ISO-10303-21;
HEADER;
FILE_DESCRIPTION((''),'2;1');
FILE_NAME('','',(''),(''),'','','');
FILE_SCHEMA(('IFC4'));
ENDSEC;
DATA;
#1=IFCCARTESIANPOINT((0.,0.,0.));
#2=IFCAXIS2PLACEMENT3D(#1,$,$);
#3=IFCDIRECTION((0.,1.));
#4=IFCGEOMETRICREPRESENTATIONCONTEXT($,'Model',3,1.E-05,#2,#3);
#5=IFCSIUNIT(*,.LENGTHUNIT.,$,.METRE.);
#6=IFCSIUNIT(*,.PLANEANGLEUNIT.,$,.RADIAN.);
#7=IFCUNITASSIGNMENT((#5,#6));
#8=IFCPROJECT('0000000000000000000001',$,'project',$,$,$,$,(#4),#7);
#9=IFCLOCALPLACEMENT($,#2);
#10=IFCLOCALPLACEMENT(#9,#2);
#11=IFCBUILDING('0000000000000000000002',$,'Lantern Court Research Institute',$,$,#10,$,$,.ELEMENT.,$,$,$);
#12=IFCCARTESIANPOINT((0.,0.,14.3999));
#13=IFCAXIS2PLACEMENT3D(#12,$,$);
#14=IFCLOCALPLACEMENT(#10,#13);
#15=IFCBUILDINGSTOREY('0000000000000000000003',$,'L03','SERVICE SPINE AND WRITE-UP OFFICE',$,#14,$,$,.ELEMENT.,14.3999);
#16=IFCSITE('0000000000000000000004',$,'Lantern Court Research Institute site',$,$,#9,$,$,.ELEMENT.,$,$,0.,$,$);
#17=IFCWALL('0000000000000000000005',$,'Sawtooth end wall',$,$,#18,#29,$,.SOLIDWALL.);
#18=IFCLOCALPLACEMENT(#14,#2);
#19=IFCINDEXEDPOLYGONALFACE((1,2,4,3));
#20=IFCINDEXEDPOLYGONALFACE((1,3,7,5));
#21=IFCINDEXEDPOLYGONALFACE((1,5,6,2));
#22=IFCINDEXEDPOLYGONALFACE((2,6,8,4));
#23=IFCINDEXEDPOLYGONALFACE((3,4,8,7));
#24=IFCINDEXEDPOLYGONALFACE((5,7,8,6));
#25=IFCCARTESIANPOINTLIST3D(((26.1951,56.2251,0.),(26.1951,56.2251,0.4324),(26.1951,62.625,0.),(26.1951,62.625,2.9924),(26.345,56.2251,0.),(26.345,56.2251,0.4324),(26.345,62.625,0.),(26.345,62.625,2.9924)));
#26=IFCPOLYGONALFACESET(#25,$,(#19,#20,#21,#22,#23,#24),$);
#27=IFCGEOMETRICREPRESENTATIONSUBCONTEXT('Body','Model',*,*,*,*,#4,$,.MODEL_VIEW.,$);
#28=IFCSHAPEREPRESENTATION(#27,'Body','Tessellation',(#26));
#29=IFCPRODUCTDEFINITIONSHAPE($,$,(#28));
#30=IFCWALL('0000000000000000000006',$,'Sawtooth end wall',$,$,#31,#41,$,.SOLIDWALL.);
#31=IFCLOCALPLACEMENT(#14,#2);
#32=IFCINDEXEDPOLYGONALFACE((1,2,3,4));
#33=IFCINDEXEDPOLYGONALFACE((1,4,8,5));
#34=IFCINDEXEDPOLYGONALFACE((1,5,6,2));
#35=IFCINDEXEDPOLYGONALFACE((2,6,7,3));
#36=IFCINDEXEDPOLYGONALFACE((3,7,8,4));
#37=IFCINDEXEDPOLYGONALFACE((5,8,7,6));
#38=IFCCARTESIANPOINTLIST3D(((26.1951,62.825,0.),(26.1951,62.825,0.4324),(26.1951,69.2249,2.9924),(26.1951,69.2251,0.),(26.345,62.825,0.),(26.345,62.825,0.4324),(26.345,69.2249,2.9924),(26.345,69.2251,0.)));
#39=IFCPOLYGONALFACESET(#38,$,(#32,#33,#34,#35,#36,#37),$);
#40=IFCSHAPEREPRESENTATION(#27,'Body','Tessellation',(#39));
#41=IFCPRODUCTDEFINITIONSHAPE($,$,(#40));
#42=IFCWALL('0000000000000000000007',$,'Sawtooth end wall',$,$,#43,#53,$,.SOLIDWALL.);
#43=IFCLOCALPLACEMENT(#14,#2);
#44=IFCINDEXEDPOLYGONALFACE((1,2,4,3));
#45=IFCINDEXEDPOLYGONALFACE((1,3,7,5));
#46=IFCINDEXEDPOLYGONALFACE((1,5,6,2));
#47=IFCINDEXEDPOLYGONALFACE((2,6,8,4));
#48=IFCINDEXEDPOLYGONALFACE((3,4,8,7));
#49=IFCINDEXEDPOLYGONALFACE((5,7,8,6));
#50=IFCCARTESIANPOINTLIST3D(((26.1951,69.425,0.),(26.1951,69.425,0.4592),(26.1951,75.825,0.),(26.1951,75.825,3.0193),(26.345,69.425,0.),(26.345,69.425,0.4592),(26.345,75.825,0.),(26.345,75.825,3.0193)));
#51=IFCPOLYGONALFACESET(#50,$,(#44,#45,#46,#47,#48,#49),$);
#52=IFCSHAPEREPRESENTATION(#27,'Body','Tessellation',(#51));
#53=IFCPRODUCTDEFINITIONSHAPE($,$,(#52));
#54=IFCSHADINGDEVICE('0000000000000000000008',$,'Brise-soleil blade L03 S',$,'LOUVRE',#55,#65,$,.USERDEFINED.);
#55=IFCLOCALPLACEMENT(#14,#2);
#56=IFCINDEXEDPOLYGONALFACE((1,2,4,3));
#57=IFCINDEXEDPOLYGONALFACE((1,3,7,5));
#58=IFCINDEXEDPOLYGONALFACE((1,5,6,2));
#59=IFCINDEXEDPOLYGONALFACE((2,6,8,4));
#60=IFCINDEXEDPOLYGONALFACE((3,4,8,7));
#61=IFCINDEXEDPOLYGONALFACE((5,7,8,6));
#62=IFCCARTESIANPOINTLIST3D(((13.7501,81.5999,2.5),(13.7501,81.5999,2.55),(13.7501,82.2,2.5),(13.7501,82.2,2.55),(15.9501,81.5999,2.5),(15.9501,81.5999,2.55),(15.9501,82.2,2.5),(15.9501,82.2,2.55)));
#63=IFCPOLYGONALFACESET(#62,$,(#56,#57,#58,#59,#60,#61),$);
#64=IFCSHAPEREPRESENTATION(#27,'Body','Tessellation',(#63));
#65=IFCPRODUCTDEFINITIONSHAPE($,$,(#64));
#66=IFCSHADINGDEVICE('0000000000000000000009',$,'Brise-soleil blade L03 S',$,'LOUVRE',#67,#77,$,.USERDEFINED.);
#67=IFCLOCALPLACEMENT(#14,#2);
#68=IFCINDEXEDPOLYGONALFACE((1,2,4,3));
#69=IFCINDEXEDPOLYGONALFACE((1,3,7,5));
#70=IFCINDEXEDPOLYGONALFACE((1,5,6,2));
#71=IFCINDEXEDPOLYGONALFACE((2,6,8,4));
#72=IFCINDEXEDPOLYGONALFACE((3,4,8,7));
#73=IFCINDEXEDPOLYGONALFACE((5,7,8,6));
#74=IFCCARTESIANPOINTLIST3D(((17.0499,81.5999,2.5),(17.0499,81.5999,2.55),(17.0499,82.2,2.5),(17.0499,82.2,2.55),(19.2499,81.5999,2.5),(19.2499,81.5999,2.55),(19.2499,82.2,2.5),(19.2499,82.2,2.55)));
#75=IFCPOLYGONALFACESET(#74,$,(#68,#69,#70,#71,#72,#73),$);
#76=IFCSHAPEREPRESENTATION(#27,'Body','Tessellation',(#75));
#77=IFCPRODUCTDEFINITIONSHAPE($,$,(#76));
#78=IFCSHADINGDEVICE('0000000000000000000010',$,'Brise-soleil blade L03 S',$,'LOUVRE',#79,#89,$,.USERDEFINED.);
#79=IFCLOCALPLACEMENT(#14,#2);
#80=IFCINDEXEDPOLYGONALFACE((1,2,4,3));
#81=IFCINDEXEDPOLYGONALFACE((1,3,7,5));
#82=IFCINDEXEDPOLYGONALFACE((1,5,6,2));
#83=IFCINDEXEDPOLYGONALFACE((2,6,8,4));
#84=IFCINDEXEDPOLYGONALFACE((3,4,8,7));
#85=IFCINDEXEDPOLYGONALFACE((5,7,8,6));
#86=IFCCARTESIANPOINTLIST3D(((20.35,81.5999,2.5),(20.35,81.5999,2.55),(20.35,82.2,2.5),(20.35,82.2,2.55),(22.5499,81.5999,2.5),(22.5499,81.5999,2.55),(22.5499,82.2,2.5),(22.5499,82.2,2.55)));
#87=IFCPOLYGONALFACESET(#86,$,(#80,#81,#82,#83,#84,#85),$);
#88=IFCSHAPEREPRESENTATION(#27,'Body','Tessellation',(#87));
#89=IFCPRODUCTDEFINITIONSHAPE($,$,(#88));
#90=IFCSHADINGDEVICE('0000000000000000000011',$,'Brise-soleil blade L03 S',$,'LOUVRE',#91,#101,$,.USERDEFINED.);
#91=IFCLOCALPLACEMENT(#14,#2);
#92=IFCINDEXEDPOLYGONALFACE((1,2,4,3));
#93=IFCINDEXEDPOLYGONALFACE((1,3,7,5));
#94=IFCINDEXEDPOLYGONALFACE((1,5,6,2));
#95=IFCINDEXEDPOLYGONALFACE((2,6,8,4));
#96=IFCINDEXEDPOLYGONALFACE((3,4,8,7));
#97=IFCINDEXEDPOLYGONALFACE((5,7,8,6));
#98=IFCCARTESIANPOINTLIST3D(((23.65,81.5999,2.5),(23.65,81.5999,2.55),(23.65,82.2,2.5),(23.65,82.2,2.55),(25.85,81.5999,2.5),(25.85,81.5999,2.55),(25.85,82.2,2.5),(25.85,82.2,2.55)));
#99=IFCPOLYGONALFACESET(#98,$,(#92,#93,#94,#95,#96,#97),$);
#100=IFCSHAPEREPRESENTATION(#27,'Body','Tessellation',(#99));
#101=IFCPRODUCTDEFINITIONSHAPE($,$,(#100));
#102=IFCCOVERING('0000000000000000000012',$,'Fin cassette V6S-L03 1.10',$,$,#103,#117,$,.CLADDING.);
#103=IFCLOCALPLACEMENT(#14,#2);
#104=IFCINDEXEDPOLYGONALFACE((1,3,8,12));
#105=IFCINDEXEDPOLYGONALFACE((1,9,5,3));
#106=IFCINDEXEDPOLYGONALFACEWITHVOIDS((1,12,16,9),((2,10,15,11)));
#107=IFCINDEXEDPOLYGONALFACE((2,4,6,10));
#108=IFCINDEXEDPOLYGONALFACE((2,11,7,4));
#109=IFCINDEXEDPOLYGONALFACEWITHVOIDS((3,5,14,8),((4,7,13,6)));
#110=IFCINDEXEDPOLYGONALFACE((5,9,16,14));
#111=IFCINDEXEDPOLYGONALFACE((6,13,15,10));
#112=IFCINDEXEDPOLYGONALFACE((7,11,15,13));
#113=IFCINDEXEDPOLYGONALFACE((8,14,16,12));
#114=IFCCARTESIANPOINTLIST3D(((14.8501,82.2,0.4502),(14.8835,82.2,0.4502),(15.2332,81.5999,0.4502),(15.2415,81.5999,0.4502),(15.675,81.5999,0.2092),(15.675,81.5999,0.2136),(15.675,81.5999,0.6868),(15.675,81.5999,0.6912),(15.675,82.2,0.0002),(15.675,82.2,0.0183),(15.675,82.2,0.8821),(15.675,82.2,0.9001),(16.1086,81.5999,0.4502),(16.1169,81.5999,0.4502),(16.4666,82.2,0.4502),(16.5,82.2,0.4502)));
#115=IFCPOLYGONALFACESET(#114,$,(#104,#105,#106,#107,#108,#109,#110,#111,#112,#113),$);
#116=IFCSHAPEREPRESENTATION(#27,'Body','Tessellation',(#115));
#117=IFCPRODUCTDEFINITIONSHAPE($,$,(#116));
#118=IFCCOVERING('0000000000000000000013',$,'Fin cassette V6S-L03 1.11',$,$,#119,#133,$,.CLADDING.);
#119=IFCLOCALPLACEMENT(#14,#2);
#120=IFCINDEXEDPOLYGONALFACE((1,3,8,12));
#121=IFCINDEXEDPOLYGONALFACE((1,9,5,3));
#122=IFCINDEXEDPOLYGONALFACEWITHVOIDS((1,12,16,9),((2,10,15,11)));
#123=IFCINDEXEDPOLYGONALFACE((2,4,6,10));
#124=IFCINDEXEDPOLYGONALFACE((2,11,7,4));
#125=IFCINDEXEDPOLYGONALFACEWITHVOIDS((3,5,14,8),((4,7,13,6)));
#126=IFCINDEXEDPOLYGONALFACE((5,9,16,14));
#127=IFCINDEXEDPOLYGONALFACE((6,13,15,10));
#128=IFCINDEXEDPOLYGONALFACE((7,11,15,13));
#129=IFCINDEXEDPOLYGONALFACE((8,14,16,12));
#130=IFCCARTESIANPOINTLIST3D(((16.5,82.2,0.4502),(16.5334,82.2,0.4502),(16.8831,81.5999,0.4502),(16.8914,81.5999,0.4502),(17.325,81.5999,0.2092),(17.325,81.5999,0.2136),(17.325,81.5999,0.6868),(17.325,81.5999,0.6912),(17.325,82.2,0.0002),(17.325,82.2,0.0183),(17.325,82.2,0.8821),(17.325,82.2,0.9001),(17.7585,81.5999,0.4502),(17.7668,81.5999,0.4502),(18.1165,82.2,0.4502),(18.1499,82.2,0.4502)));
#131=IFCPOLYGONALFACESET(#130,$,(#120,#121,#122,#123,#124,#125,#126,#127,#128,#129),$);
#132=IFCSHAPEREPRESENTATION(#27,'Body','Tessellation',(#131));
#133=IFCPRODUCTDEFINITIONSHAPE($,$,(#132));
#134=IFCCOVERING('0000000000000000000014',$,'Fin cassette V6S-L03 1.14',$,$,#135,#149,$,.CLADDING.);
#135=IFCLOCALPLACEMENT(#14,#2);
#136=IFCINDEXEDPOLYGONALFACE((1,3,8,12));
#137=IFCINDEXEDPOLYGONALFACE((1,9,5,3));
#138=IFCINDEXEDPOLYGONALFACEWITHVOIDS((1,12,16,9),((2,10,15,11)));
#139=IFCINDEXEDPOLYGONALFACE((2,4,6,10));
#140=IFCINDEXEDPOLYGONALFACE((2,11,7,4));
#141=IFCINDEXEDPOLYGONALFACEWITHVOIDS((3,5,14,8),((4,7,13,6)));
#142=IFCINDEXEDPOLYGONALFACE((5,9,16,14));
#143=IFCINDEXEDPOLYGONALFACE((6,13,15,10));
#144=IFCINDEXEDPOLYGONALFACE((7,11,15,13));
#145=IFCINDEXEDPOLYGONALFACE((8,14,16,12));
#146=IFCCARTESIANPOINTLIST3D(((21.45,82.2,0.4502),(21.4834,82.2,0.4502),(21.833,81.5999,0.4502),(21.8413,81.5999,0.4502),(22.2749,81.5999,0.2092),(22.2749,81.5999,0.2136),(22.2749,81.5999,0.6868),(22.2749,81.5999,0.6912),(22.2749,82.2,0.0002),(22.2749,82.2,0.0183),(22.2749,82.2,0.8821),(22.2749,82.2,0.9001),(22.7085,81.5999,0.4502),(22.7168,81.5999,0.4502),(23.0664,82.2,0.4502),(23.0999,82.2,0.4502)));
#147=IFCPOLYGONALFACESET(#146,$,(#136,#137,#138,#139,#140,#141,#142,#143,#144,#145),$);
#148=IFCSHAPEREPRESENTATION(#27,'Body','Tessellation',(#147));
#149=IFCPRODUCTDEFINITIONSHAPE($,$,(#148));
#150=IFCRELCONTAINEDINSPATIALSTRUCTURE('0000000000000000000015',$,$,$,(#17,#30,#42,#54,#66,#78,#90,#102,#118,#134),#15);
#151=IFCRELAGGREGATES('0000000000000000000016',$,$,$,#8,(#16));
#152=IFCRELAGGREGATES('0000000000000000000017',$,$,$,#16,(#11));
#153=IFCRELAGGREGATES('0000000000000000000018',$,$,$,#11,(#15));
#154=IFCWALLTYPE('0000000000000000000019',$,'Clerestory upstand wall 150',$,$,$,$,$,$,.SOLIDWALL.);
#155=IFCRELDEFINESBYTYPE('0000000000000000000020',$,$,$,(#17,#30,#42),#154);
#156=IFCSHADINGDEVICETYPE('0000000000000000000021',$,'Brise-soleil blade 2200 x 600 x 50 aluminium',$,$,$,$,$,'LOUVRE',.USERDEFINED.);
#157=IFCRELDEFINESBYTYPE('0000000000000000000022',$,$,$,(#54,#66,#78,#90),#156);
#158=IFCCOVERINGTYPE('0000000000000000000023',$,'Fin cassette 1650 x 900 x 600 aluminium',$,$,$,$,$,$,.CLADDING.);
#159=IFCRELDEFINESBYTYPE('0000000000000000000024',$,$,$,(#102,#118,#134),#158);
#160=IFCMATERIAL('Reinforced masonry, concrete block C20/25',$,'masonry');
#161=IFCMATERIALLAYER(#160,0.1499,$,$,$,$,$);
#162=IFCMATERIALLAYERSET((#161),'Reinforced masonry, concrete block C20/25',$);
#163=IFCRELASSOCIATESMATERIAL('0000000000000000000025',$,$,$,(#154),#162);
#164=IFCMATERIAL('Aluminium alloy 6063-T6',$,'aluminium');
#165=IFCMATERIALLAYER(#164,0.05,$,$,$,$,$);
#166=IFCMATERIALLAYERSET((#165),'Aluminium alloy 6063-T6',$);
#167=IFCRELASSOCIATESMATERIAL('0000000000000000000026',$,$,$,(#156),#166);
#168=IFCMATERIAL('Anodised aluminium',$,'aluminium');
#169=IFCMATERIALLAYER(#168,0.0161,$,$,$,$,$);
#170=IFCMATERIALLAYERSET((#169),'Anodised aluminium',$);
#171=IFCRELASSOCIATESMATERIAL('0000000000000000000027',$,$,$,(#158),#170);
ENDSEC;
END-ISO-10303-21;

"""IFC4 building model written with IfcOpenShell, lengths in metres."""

from ifc_helpers import new_model, entity, si_unit, direction, frame, origin, origin_2d, place, context, subcontext, project, spatial, polyline, rectangle, outline, extrude, material, layer, layer_set, type_object, element, save


model = new_model("IFC4")

# Units and contexts
model_context = context("Model", 3, precision=1e-05, world=origin(), true_north=direction((0.0, 1.0)))
body_context = subcontext(model_context, "Body", "Model", "MODEL_VIEW")
ifc_project = project(units=[si_unit("LENGTHUNIT", "METRE"), si_unit("PLANEANGLEUNIT", "RADIAN")], contexts=[model_context])

# Site, building, storey
site_placement = place(None, origin())
site = spatial("IfcSite", under=ifc_project, at=site_placement, Name="Lantern Court Research Institute site", CompositionType="ELEMENT", RefElevation=0.0)
building_placement = place(site_placement, origin())
building = spatial("IfcBuilding", under=site, at=building_placement, Name="Lantern Court Research Institute", CompositionType="ELEMENT")
storey_placement = place(building_placement, frame((0.0, 0.0, 14.3999)))
storey = spatial("IfcBuildingStorey", under=building, at=storey_placement, Name="L03", Description="SERVICE SPINE AND WRITE-UP OFFICE", CompositionType="ELEMENT", Elevation=14.3999)

# Walls
ifc_material_1 = material(Name="Reinforced masonry, concrete block C20/25", Category="masonry")
ifc_layer_1 = layer(ifc_material_1, 0.1499)
ifc_layer_set_1 = layer_set([ifc_layer_1], Name="Reinforced masonry, concrete block C20/25")
wall_type = type_object("IfcWallType", Name="Clerestory upstand wall 150", PredefinedType="SOLIDWALL", material=ifc_layer_set_1)
wall_1_placement = place(storey_placement, frame((26.27, 56.2251, 0.0), z_axis=(0.0, 0.0, 1.0), x_axis=(0.0, 1.0, 0.0)))
element("IfcWall", 1, at=wall_1_placement, inside=storey, type_object=wall_type, Name="Sawtooth end wall", PredefinedType="SOLIDWALL", context=body_context, shape_type="SweptSolid", body=[
    extrude(outline(polyline([(0.0, 0.0), (6.3999, 0.0), (6.3999, 2.9924), (0.0, 0.4324), (0.0, 0.0)])), frame((0.0, 0.075, 0.0), z_axis=(0.0, -1.0, 0.0), x_axis=(1.0, 0.0, 0.0)), (0.0, 0.0, 1.0), 0.1499),
])
wall_2_placement = place(storey_placement, frame((26.27, 62.825, 0.0), z_axis=(0.0, 0.0, 1.0), x_axis=(0.0, 1.0, 0.0)))
element("IfcWall", 2, at=wall_2_placement, inside=storey, type_object=wall_type, Name="Sawtooth end wall", PredefinedType="SOLIDWALL", context=body_context, shape_type="SweptSolid", body=[
    extrude(outline(polyline([(0.0, 0.0), (6.4001, 0.0), (6.3999, 2.9924), (0.0, 0.4324), (0.0, 0.0)])), frame((0.0, 0.075, 0.0), z_axis=(0.0, -1.0, 0.0), x_axis=(1.0, 0.0, 0.0)), (0.0, 0.0, 1.0), 0.1499),
])
wall_3_placement = place(storey_placement, frame((26.27, 69.425, 0.0), z_axis=(0.0, 0.0, 1.0), x_axis=(0.0, 1.0, 0.0)))
element("IfcWall", 3, at=wall_3_placement, inside=storey, type_object=wall_type, Name="Sawtooth end wall", PredefinedType="SOLIDWALL", context=body_context, shape_type="SweptSolid", body=[
    extrude(outline(polyline([(0.0, 0.0), (6.3999, 0.0), (6.3999, 3.0193), (0.0, 0.4592), (0.0, 0.0)])), frame((0.0, 0.075, 0.0), z_axis=(0.0, -1.0, 0.0), x_axis=(1.0, 0.0, 0.0)), (0.0, 0.0, 1.0), 0.1499),
])

# Shading devices
ifc_material_2 = material(Name="Aluminium alloy 6063-T6", Category="aluminium")
ifc_layer_2 = layer(ifc_material_2, 0.05)
ifc_layer_set_2 = layer_set([ifc_layer_2], Name="Aluminium alloy 6063-T6")
shading_device_type = type_object("IfcShadingDeviceType", Name="Brise-soleil blade 2200 x 600 x 50 aluminium", ElementType="LOUVRE", PredefinedType="USERDEFINED", material=ifc_layer_set_2)
for number, where, z_axis, x_axis, name in (
    (4, (14.8501, 81.8999, 2.5), (0.0, 0.0, 1.0), (-1.0, 0.0, 0.0), "Brise-soleil blade L03 S"),
    (5, (18.1499, 81.8999, 2.5), (0.0, 0.0, 1.0), (-1.0, 0.0, 0.0), "Brise-soleil blade L03 S"),
    (6, (21.45, 81.8999, 2.5), (0.0, 0.0, 1.0), (-1.0, 0.0, 0.0), "Brise-soleil blade L03 S"),
    (7, (24.75, 81.8999, 2.5), (0.0, 0.0, 1.0), (-1.0, 0.0, 0.0), "Brise-soleil blade L03 S"),
):
    element("IfcShadingDevice", number, at=place(storey_placement, frame(where, z_axis=z_axis, x_axis=x_axis)), inside=storey, type_object=shading_device_type, Name=name, ObjectType="LOUVRE", PredefinedType="USERDEFINED", context=body_context, shape_type="SweptSolid", body=[
        extrude(rectangle(XDim=2.2, YDim=0.6001, at=origin_2d()), origin(), (0.0, 0.0, 1.0), 0.05),
    ])

# Coverings
ifc_material_3 = material(Name="Anodised aluminium", Category="aluminium")
ifc_layer_3 = layer(ifc_material_3, 0.0161)
ifc_layer_set_3 = layer_set([ifc_layer_3], Name="Anodised aluminium")
covering_type_1 = type_object("IfcCoveringType", Name="Fin cassette 1650 x 900 x 600 aluminium", PredefinedType="CLADDING", material=ifc_layer_set_3)
covering_1_placement = place(storey_placement, frame((15.675, 82.2, 0.4502), z_axis=(0.0, -1.0, 0.0), x_axis=(1.0, 0.0, 0.0)))
cartesian_point_1 = entity("IfcCartesianPoint", [0.825, 0.0])
cartesian_point_2 = entity("IfcCartesianPoint", [0.7915, 0.0])
cartesian_point_3 = entity("IfcCartesianPoint", [0.4419, 0.0])
cartesian_point_4 = entity("IfcCartesianPoint", [0.4336, 0.0])
element("IfcCovering", 8, at=covering_1_placement, inside=storey, type_object=covering_type_1, Name="Fin cassette V6S-L03 1.10", PredefinedType="CLADDING", context=body_context, shape_type="SweptSolid", body=[
    entity("IfcExtrudedAreaSolidTapered", entity("IfcArbitraryProfileDefWithVoids", "AREA", None, entity("IfcPolyline", [cartesian_point_1, entity("IfcCartesianPoint", [0.0, 0.45]), entity("IfcCartesianPoint", [-0.825, 0.0]), entity("IfcCartesianPoint", [0.0, -0.45]), cartesian_point_1]), [entity("IfcPolyline", [cartesian_point_2, entity("IfcCartesianPoint", [0.0, 0.4319]), entity("IfcCartesianPoint", [-0.7915, 0.0]), entity("IfcCartesianPoint", [0.0, -0.4319]), cartesian_point_2])]), entity("IfcAxis2Placement3D", entity("IfcCartesianPoint", [0.0, 0.0, 0.0])), entity("IfcDirection", [0.0, 0.0, 1.0]), 0.6001, entity("IfcArbitraryProfileDefWithVoids", "AREA", None, entity("IfcPolyline", [cartesian_point_3, entity("IfcCartesianPoint", [0.0, 0.241]), entity("IfcCartesianPoint", [-0.4419, 0.0]), entity("IfcCartesianPoint", [0.0, -0.241]), cartesian_point_3]), [entity("IfcPolyline", [cartesian_point_4, entity("IfcCartesianPoint", [0.0, 0.2366]), entity("IfcCartesianPoint", [-0.4336, 0.0]), entity("IfcCartesianPoint", [0.0, -0.2366]), cartesian_point_4])])),
])
covering_2_placement = place(storey_placement, frame((17.325, 82.2, 0.4502), z_axis=(0.0, -1.0, 0.0), x_axis=(1.0, 0.0, 0.0)))
cartesian_point_5 = entity("IfcCartesianPoint", [0.825, 0.0])
cartesian_point_6 = entity("IfcCartesianPoint", [0.7915, 0.0])
cartesian_point_7 = entity("IfcCartesianPoint", [0.4419, 0.0])
cartesian_point_8 = entity("IfcCartesianPoint", [0.4336, 0.0])
element("IfcCovering", 9, at=covering_2_placement, inside=storey, type_object=covering_type_1, Name="Fin cassette V6S-L03 1.11", PredefinedType="CLADDING", context=body_context, shape_type="SweptSolid", body=[
    entity("IfcExtrudedAreaSolidTapered", entity("IfcArbitraryProfileDefWithVoids", "AREA", None, entity("IfcPolyline", [cartesian_point_5, entity("IfcCartesianPoint", [0.0, 0.45]), entity("IfcCartesianPoint", [-0.825, 0.0]), entity("IfcCartesianPoint", [0.0, -0.45]), cartesian_point_5]), [entity("IfcPolyline", [cartesian_point_6, entity("IfcCartesianPoint", [0.0, 0.4319]), entity("IfcCartesianPoint", [-0.7915, 0.0]), entity("IfcCartesianPoint", [0.0, -0.4319]), cartesian_point_6])]), entity("IfcAxis2Placement3D", entity("IfcCartesianPoint", [0.0, 0.0, 0.0])), entity("IfcDirection", [0.0, 0.0, 1.0]), 0.6001, entity("IfcArbitraryProfileDefWithVoids", "AREA", None, entity("IfcPolyline", [cartesian_point_7, entity("IfcCartesianPoint", [0.0, 0.241]), entity("IfcCartesianPoint", [-0.4419, 0.0]), entity("IfcCartesianPoint", [0.0, -0.241]), cartesian_point_7]), [entity("IfcPolyline", [cartesian_point_8, entity("IfcCartesianPoint", [0.0, 0.2366]), entity("IfcCartesianPoint", [-0.4336, 0.0]), entity("IfcCartesianPoint", [0.0, -0.2366]), cartesian_point_8])])),
])
covering_3_placement = place(storey_placement, frame((22.2749, 82.2, 0.4502), z_axis=(0.0, -1.0, 0.0), x_axis=(1.0, 0.0, 0.0)))
cartesian_point_9 = entity("IfcCartesianPoint", [0.825, 0.0])
cartesian_point_10 = entity("IfcCartesianPoint", [0.7915, 0.0])
cartesian_point_11 = entity("IfcCartesianPoint", [0.4419, 0.0])
cartesian_point_12 = entity("IfcCartesianPoint", [0.4336, 0.0])
element("IfcCovering", 10, at=covering_3_placement, inside=storey, type_object=covering_type_1, Name="Fin cassette V6S-L03 1.14", PredefinedType="CLADDING", context=body_context, shape_type="SweptSolid", body=[
    entity("IfcExtrudedAreaSolidTapered", entity("IfcArbitraryProfileDefWithVoids", "AREA", None, entity("IfcPolyline", [cartesian_point_9, entity("IfcCartesianPoint", [0.0, 0.45]), entity("IfcCartesianPoint", [-0.825, 0.0]), entity("IfcCartesianPoint", [0.0, -0.45]), cartesian_point_9]), [entity("IfcPolyline", [cartesian_point_10, entity("IfcCartesianPoint", [0.0, 0.4319]), entity("IfcCartesianPoint", [-0.7915, 0.0]), entity("IfcCartesianPoint", [0.0, -0.4319]), cartesian_point_10])]), entity("IfcAxis2Placement3D", entity("IfcCartesianPoint", [0.0, 0.0, 0.0])), entity("IfcDirection", [0.0, 0.0, 1.0]), 0.6001, entity("IfcArbitraryProfileDefWithVoids", "AREA", None, entity("IfcPolyline", [cartesian_point_11, entity("IfcCartesianPoint", [0.0, 0.241]), entity("IfcCartesianPoint", [-0.4419, 0.0]), entity("IfcCartesianPoint", [0.0, -0.241]), cartesian_point_11]), [entity("IfcPolyline", [cartesian_point_12, entity("IfcCartesianPoint", [0.0, 0.2366]), entity("IfcCartesianPoint", [-0.4336, 0.0]), entity("IfcCartesianPoint", [0.0, -0.2366]), cartesian_point_12])])),
])

save(model, "model.ifc")
